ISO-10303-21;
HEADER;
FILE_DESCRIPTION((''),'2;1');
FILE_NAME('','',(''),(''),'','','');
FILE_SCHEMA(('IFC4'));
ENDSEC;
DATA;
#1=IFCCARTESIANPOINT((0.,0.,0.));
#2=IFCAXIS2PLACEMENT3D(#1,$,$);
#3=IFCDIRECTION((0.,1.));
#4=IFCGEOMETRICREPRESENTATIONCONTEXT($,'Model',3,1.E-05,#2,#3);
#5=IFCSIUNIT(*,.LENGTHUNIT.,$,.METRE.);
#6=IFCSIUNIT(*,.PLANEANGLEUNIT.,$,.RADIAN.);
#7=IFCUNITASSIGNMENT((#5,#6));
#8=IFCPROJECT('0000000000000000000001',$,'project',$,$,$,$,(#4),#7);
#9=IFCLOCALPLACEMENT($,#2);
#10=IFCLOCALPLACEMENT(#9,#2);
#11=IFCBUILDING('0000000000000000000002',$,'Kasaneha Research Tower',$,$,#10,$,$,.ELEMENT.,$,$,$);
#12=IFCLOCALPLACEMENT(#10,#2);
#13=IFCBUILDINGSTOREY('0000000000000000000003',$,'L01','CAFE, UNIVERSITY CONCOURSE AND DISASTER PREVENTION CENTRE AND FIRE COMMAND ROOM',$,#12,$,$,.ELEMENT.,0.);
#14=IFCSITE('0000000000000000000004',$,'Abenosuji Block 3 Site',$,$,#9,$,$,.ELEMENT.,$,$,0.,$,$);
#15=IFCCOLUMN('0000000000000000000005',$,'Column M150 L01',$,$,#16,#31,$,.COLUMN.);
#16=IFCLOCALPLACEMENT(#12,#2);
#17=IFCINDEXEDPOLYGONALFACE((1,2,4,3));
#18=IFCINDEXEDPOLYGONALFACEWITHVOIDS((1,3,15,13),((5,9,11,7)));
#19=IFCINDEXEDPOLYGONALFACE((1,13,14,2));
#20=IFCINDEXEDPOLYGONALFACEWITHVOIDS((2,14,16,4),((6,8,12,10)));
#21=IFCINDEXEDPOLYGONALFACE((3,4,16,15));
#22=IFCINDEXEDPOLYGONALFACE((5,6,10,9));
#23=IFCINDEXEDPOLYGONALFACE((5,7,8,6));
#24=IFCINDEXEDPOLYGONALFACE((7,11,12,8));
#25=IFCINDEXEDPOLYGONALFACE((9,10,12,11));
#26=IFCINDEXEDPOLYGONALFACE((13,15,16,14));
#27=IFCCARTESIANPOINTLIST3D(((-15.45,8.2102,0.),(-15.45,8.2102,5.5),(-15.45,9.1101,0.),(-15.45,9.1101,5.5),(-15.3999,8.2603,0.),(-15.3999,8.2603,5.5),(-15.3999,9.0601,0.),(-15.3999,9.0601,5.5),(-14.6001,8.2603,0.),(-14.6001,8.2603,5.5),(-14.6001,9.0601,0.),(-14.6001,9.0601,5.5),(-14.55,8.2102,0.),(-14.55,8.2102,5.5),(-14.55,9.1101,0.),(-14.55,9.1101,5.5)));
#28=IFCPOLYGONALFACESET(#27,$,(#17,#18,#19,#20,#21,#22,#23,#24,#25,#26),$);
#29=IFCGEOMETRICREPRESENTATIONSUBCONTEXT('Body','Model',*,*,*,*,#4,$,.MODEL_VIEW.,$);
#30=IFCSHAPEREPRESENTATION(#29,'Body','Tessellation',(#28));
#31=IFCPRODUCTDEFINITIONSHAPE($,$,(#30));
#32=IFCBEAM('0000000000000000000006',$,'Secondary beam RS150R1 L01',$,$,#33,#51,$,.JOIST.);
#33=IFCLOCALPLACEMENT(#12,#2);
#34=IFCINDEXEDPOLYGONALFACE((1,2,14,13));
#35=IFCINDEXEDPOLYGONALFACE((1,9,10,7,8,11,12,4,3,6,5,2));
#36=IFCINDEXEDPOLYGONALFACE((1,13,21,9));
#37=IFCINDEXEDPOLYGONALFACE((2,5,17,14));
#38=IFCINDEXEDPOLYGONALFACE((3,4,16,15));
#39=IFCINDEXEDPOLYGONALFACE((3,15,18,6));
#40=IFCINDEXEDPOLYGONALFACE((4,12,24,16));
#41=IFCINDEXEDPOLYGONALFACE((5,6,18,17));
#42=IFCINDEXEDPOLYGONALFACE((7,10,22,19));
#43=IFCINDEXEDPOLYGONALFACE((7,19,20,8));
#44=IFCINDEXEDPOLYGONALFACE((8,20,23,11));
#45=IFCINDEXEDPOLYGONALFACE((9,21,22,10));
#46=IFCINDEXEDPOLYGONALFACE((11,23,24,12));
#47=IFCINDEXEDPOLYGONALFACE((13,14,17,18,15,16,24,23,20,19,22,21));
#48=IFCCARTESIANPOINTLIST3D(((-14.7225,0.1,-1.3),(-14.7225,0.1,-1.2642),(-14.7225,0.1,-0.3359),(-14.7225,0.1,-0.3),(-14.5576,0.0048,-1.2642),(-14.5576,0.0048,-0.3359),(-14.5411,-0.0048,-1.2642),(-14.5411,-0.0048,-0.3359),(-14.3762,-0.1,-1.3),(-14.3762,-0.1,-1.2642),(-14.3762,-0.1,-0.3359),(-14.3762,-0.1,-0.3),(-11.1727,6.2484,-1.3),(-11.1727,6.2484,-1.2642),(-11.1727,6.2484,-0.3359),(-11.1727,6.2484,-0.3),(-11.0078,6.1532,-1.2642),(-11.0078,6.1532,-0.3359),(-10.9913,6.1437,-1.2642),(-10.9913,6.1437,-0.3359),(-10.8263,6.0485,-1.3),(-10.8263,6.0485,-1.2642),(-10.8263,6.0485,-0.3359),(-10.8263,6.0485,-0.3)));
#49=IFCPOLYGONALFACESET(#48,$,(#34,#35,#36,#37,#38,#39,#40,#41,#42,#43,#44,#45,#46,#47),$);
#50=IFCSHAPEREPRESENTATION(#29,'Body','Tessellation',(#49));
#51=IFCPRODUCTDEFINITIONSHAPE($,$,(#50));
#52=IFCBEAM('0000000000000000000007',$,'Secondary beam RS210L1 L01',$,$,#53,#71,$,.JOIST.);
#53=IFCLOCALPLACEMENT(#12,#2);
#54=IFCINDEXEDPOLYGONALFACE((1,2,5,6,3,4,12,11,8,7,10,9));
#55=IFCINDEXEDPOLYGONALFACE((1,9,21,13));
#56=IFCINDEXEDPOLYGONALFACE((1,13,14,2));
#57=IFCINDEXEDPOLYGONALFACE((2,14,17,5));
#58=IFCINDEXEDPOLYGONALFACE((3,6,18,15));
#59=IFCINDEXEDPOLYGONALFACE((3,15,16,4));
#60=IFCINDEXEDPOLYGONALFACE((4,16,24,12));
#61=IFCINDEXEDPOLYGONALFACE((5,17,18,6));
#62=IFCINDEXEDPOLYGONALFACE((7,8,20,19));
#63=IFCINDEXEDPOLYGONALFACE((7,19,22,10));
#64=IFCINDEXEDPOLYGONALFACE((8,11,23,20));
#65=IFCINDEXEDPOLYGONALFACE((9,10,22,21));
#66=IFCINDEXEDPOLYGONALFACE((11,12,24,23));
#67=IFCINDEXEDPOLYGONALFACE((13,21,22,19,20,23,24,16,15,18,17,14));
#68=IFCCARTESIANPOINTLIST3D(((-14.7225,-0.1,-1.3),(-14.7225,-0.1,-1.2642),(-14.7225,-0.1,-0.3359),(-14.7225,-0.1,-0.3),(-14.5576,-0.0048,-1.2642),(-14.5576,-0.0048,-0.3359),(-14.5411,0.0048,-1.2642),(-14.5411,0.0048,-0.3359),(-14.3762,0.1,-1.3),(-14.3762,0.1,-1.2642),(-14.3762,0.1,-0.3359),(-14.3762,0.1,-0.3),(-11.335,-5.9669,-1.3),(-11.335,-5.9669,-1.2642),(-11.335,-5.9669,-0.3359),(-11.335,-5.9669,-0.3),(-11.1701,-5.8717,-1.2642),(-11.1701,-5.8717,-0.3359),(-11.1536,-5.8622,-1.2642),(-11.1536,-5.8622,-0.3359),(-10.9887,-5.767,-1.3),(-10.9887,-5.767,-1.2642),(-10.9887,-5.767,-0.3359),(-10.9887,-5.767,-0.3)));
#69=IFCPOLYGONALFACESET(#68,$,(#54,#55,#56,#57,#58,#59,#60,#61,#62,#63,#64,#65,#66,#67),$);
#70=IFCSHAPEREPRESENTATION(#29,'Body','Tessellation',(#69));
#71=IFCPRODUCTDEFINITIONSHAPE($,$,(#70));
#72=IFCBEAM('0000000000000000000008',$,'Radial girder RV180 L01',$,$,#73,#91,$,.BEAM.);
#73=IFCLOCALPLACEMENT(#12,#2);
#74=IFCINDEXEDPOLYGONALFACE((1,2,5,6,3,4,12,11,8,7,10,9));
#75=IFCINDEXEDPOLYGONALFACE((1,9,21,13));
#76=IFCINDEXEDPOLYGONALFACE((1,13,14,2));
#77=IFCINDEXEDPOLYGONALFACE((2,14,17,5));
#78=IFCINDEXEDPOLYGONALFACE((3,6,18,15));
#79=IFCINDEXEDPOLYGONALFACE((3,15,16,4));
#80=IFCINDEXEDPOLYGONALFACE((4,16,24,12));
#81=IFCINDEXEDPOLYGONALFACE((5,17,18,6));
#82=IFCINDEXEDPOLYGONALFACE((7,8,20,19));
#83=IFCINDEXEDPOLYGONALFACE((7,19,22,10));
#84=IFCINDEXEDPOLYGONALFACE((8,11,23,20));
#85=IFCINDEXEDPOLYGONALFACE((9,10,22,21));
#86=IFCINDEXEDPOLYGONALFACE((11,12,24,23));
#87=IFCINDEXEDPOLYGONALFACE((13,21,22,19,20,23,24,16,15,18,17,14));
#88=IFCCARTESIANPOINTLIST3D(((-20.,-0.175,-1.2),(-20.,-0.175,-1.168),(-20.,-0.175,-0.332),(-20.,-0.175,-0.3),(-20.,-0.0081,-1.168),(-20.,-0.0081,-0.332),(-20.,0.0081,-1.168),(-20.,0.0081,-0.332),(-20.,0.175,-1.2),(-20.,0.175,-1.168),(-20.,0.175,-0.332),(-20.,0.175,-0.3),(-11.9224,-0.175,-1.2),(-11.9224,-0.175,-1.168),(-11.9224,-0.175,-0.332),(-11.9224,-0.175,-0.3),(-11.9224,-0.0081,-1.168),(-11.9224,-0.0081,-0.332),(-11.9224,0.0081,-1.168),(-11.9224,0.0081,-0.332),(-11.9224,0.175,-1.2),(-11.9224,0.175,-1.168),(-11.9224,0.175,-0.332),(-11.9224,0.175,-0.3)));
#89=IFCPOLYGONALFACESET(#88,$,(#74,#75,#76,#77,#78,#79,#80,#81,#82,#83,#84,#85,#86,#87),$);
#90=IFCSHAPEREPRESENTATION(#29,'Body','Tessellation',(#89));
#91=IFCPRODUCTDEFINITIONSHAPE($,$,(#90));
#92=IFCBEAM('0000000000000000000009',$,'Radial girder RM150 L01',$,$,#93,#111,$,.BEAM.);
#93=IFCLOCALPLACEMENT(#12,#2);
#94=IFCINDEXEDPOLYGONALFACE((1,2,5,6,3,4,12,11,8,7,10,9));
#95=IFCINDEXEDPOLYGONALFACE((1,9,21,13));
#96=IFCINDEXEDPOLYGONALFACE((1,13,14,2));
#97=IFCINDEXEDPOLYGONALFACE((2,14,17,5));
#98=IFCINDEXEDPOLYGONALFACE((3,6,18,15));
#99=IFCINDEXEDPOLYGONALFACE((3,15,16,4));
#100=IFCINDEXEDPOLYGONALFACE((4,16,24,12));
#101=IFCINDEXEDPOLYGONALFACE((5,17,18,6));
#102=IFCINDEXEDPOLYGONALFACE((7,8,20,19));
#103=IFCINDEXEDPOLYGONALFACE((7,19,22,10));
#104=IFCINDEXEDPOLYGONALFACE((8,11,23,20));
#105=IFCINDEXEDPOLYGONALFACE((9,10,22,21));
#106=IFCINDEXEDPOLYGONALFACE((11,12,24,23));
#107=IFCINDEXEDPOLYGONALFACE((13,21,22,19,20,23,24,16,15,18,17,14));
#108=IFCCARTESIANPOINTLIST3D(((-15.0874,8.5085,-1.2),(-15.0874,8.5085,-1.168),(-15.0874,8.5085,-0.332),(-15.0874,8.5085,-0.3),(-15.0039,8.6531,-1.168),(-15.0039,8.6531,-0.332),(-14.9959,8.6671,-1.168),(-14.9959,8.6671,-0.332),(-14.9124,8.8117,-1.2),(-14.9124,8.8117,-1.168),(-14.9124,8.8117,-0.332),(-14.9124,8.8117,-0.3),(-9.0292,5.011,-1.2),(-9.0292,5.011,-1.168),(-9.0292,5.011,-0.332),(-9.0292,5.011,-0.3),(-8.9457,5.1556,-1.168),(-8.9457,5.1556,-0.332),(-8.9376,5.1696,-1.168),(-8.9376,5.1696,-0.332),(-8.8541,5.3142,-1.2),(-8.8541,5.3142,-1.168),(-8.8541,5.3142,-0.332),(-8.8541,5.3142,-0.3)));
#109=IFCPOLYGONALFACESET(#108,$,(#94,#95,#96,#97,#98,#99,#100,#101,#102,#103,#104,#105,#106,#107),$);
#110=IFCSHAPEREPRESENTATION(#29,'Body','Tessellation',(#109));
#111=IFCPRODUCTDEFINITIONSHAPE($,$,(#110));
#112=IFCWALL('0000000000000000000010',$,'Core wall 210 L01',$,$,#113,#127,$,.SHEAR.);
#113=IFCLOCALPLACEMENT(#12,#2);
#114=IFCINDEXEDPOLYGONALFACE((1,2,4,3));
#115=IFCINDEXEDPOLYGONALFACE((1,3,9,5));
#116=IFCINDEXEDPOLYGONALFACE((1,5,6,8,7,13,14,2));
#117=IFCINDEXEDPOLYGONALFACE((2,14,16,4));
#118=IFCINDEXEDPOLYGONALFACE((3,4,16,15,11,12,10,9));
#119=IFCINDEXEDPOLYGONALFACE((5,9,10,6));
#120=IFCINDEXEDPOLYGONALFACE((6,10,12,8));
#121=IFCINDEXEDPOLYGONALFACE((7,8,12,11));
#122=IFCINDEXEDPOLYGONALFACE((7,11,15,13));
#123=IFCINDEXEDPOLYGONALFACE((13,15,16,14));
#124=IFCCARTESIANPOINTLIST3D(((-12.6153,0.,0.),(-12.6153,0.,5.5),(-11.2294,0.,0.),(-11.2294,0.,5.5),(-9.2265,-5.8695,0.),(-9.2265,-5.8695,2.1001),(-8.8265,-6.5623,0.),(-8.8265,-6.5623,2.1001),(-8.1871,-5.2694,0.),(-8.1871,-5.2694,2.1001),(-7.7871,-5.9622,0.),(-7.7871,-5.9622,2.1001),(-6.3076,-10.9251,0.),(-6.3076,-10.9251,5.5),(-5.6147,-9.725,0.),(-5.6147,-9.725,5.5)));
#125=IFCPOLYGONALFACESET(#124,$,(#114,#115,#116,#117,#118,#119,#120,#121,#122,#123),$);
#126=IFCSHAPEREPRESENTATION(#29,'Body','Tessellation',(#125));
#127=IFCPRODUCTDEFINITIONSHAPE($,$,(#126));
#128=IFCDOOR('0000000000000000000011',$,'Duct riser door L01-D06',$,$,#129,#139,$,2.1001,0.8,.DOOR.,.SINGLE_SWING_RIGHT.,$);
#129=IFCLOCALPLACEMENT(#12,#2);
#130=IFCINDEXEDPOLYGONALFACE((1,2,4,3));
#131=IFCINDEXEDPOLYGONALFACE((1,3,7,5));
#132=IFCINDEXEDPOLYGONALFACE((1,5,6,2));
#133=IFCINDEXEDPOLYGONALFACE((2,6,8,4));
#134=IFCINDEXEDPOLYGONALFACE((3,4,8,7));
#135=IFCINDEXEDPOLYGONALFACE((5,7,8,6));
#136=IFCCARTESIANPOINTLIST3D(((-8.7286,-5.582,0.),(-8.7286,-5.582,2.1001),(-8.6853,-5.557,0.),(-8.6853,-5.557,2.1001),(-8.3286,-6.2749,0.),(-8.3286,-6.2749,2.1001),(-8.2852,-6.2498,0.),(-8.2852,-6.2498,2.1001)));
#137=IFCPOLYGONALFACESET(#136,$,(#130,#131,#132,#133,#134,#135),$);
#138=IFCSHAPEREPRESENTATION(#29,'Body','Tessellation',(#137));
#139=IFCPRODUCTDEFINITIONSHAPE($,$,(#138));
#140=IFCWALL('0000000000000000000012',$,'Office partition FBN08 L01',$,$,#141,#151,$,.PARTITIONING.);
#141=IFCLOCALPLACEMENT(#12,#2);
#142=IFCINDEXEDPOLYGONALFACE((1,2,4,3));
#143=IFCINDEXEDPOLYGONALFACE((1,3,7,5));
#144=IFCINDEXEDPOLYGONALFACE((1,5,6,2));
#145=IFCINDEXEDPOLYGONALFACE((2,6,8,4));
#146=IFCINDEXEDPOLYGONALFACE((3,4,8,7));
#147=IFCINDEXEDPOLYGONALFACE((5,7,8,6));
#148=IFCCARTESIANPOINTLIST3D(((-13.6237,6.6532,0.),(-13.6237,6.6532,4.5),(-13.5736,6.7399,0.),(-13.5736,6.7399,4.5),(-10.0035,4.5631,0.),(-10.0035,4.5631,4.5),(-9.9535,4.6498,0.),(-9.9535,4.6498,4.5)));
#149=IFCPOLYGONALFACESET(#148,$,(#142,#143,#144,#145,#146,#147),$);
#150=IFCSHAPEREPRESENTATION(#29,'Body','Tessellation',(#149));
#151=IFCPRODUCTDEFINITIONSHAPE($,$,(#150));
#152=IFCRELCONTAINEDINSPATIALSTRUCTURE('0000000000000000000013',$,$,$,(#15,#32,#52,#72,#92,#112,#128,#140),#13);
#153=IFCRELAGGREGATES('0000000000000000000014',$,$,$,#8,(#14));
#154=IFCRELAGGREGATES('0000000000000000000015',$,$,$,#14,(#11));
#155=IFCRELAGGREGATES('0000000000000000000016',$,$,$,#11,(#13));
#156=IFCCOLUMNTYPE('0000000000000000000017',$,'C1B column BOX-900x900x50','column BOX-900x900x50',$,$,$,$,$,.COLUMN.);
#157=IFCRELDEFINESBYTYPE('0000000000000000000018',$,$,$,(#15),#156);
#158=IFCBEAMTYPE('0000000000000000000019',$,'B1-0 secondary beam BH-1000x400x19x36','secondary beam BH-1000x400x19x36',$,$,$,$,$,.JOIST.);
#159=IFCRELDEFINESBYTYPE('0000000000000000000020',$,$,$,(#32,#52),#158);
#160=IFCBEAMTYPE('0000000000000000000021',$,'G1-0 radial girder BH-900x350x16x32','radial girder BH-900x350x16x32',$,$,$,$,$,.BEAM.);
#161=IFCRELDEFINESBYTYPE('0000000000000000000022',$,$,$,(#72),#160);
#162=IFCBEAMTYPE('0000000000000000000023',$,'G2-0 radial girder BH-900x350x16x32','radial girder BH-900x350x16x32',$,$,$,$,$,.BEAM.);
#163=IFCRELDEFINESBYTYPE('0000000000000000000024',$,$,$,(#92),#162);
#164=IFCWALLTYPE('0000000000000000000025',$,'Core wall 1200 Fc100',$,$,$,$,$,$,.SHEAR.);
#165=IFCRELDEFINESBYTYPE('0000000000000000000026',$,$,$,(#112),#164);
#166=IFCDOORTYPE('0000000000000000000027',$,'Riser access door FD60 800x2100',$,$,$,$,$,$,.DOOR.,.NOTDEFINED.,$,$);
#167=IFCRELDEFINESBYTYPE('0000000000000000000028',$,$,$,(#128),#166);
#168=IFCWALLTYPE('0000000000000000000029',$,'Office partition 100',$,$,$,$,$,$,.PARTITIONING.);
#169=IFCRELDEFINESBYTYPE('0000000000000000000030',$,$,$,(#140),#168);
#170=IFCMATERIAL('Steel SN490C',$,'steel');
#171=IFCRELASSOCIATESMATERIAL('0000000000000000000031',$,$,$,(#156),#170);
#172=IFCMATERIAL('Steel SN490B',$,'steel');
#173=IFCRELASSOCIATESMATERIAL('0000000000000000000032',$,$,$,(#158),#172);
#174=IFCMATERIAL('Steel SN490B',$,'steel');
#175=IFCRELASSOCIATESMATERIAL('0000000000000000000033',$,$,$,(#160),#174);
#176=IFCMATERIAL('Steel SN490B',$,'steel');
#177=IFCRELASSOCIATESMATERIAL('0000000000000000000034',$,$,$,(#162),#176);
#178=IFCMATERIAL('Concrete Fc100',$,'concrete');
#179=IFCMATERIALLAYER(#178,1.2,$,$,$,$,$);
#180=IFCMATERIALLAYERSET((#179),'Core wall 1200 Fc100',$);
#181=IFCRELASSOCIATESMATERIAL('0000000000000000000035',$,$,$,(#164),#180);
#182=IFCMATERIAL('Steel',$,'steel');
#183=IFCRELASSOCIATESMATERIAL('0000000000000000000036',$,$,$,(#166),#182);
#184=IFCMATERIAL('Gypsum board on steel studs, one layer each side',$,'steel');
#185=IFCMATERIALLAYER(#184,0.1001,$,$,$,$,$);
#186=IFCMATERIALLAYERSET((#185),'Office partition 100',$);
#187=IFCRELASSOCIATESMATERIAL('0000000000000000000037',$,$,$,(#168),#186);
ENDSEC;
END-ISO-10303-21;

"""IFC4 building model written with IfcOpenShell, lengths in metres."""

from ifc_helpers import new_model, si_unit, direction, frame, frame_2d, origin, origin_2d, place, context, subcontext, project, spatial, polyline, rectangle, hollow_rectangle, i_section, outline, extrude, material, layer, layer_set, material_profile, profile_set, type_object, element, fill, save


model = new_model("IFC4")

# Units and contexts
model_context = context("Model", 3, precision=1e-05, world=origin(), true_north=direction((0.0, 1.0)))
body_context = subcontext(model_context, "Body", "Model", "MODEL_VIEW")
ifc_project = project(units=[si_unit("LENGTHUNIT", "METRE"), si_unit("PLANEANGLEUNIT", "RADIAN")], contexts=[model_context])

# Site, building, storey
site_placement = place(None, origin())
site = spatial("IfcSite", under=ifc_project, at=site_placement, Name="Abenosuji Block 3 Site", CompositionType="ELEMENT", RefElevation=0.0)
building_placement = place(site_placement, origin())
building = spatial("IfcBuilding", under=site, at=building_placement, Name="Kasaneha Research Tower", CompositionType="ELEMENT")
storey_placement = place(building_placement, origin())
storey = spatial("IfcBuildingStorey", under=building, at=storey_placement, Name="L01", Description="CAFE, UNIVERSITY CONCOURSE AND DISASTER PREVENTION CENTRE AND FIRE COMMAND ROOM", CompositionType="ELEMENT", Elevation=0.0)

# Column
ifc_material_1 = material(Name="Steel SN490C", Category="steel")
ifc_material_profile_1 = material_profile(ifc_material_1, hollow_rectangle(XDim=0.8999, YDim=0.8999, WallThickness=0.05, at=origin_2d()), Name="BOX-900x900x50")
ifc_profile_set_1 = profile_set([ifc_material_profile_1], Name="Steel SN490C")
column_type = type_object("IfcColumnType", Name="C1B column BOX-900x900x50", Description="column BOX-900x900x50", PredefinedType="COLUMN", material=ifc_profile_set_1)
column_placement = place(storey_placement, frame((-15.0, 8.6602, 0.0), z_axis=(0.0, 0.0, 1.0), x_axis=(1.0, 0.0, 0.0)))
element("IfcColumn", 1, at=column_placement, inside=storey, type_object=column_type, Name="Column M150 L01", PredefinedType="COLUMN", context=body_context, shape_type="SweptSolid", body=[
    extrude(hollow_rectangle(XDim=0.8999, YDim=0.8999, WallThickness=0.05, at=origin_2d()), origin(), (0.0, 0.0, 1.0), 5.5),
])

# Beams
ifc_material_2 = material(Name="Steel SN490B", Category="steel")
ifc_material_profile_2 = material_profile(ifc_material_2, i_section(OverallWidth=0.3999, OverallDepth=1.0, WebThickness=0.019, FlangeThickness=0.0359, at=origin_2d()), Name="BH-1000x400x19x36")
ifc_profile_set_2 = profile_set([ifc_material_profile_2], Name="Steel SN490B")
beam_type_1 = type_object("IfcBeamType", Name="B1-0 secondary beam BH-1000x400x19x36", Description="secondary beam BH-1000x400x19x36", PredefinedType="JOIST", material=ifc_profile_set_2)
beam_1_placement = place(storey_placement, frame((-14.5493, 0.0, -0.8), z_axis=(0.5, 0.866025, 0.0), x_axis=(-0.866025, 0.5, 0.0)))
element("IfcBeam", 2, at=beam_1_placement, inside=storey, type_object=beam_type_1, Name="Secondary beam RS150R1 L01", PredefinedType="JOIST", context=body_context, shape_type="SweptSolid", body=[
    extrude(i_section(OverallWidth=0.3999, OverallDepth=1.0, WebThickness=0.019, FlangeThickness=0.0359, at=origin_2d()), origin(), (0.0, 0.0, 1.0), 7.0996),
])
beam_2_placement = place(storey_placement, frame((-14.5493, 0.0, -0.8), z_axis=(0.500019, -0.866015, 0.0), x_axis=(0.866015, 0.500019, 0.0)))
element("IfcBeam", 3, at=beam_2_placement, inside=storey, type_object=beam_type_1, Name="Secondary beam RS210L1 L01", PredefinedType="JOIST", context=body_context, shape_type="SweptSolid", body=[
    extrude(i_section(OverallWidth=0.3999, OverallDepth=1.0, WebThickness=0.019, FlangeThickness=0.0359, at=origin_2d()), origin(), (0.0, 0.0, 1.0), 6.7747),
])
ifc_material_3 = material(Name="Steel SN490B", Category="steel")
ifc_material_profile_3 = material_profile(ifc_material_3, i_section(OverallWidth=0.3501, OverallDepth=0.8999, WebThickness=0.0161, FlangeThickness=0.032, at=origin_2d()), Name="BH-900x350x16x32")
ifc_profile_set_3 = profile_set([ifc_material_profile_3], Name="Steel SN490B")
beam_type_2 = type_object("IfcBeamType", Name="G1-0 radial girder BH-900x350x16x32", Description="radial girder BH-900x350x16x32", PredefinedType="BEAM", material=ifc_profile_set_3)
beam_3_placement = place(storey_placement, frame((-11.9224, 0.0, -0.75), z_axis=(-1.0, 0.0, 0.0), x_axis=(0.0, -1.0, 0.0)))
element("IfcBeam", 4, at=beam_3_placement, inside=storey, type_object=beam_type_2, Name="Radial girder RV180 L01", PredefinedType="BEAM", context=body_context, shape_type="SweptSolid", body=[
    extrude(i_section(OverallWidth=0.3501, OverallDepth=0.8999, WebThickness=0.0161, FlangeThickness=0.032, at=origin_2d()), origin(), (0.0, 0.0, 1.0), 8.0776),
])
ifc_material_4 = material(Name="Steel SN490B", Category="steel")
ifc_material_profile_4 = material_profile(ifc_material_4, i_section(OverallWidth=0.3501, OverallDepth=0.8999, WebThickness=0.0161, FlangeThickness=0.032, at=origin_2d()), Name="BH-900x350x16x32")
ifc_profile_set_4 = profile_set([ifc_material_profile_4], Name="Steel SN490B")
beam_type_3 = type_object("IfcBeamType", Name="G2-0 radial girder BH-900x350x16x32", Description="radial girder BH-900x350x16x32", PredefinedType="BEAM", material=ifc_profile_set_4)
beam_4_placement = place(storey_placement, frame((-8.9417, 5.1626, -0.75), z_axis=(-0.86604, 0.499975, 0.0), x_axis=(-0.499975, -0.86604, 0.0)))
element("IfcBeam", 5, at=beam_4_placement, inside=storey, type_object=beam_type_3, Name="Radial girder RM150 L01", PredefinedType="BEAM", context=body_context, shape_type="SweptSolid", body=[
    extrude(i_section(OverallWidth=0.3501, OverallDepth=0.8999, WebThickness=0.0161, FlangeThickness=0.032, at=origin_2d()), origin(), (0.0, 0.0, 1.0), 6.9954),
])

# Wall, opening, door
ifc_material_5 = material(Name="Concrete Fc100", Category="concrete")
ifc_layer_1 = layer(ifc_material_5, 1.2)
ifc_layer_set_1 = layer_set([ifc_layer_1], Name="Core wall 1200 Fc100")
wall_type_1 = type_object("IfcWallType", Name="Core wall 1200 Fc100", PredefinedType="SHEAR", material=ifc_layer_set_1)
wall_1_placement = place(storey_placement, frame((-11.9224, 0.0, 0.0), z_axis=(0.0, 0.0, 1.0), x_axis=(0.500004, -0.866023, 0.0)))
wall_1 = element("IfcWall", 6, at=wall_1_placement, inside=storey, type_object=wall_type_1, Name="Core wall 210 L01", PredefinedType="SHEAR", context=body_context, shape_type="SweptSolid", body=[
    extrude(outline(polyline([(-0.3464, -0.6001), (6.4312, -0.6001), (7.2312, -0.6001), (12.2688, -0.6001), (11.5759, 0.6001), (7.2312, 0.6001), (6.4312, 0.6001), (0.3464, 0.6001), (-0.3464, -0.6001)])), origin(), (0.0, 0.0, 1.0), 5.5),
])
opening_1_placement = place(wall_1_placement, frame((6.4312, 0.0, 0.0)))
opening_1 = element("IfcOpeningElement", 7, at=opening_1_placement, cuts=wall_1, PredefinedType="OPENING", context=body_context, shape_type="SweptSolid", body=[
    extrude(rectangle(XDim=0.8, YDim=2.1001, at=frame_2d((0.3999, 1.05))), frame((0.0, 0.6099, 0.0), z_axis=(0.0, -1.0, 0.0), x_axis=(1.0, 0.0, 0.0)), (0.0, 0.0, 1.0), 1.22),
])
ifc_material_6 = material(Name="Steel", Category="steel")
door_type_1 = type_object("IfcDoorType", Name="Riser access door FD60 800x2100", OperationType="NOTDEFINED", PredefinedType="DOOR", material=ifc_material_6)
door_1_placement = place(opening_1_placement, origin())
door_1 = element("IfcDoor", 8, at=door_1_placement, inside=storey, type_object=door_type_1, Name="Duct riser door L01-D06", OperationType="SINGLE_SWING_RIGHT", OverallHeight=2.1001, OverallWidth=0.8, PredefinedType="DOOR", context=body_context, shape_type="SweptSolid", body=[
    extrude(rectangle(XDim=0.8, YDim=2.1001, at=frame_2d((0.3999, 1.05))), frame((0.0, 0.0249, 0.0), z_axis=(0.0, -1.0, 0.0), x_axis=(1.0, 0.0, 0.0)), (0.0, 0.0, 1.0), 0.05),
])
fill(opening_1, door_1)

# Wall
ifc_material_7 = material(Name="Gypsum board on steel studs, one layer each side", Category="steel")
ifc_layer_2 = layer(ifc_material_7, 0.1001)
ifc_layer_set_2 = layer_set([ifc_layer_2], Name="Office partition 100")
wall_type_2 = type_object("IfcWallType", Name="Office partition 100", PredefinedType="PARTITIONING", material=ifc_layer_set_2)
wall_2_placement = place(storey_placement, frame((-13.5986, 6.6965, 0.0), z_axis=(0.0, 0.0, 1.0), x_axis=(0.866024, -0.500002, 0.0)))
element("IfcWall", 9, at=wall_2_placement, inside=storey, type_object=wall_type_2, Name="Office partition FBN08 L01", PredefinedType="PARTITIONING", context=body_context, shape_type="SweptSolid", body=[
    extrude(rectangle(XDim=4.1802, YDim=0.1001, at=frame_2d((2.0901, 0.0))), origin(), (0.0, 0.0, 1.0), 4.5),
])

save(model, "model.ifc")
